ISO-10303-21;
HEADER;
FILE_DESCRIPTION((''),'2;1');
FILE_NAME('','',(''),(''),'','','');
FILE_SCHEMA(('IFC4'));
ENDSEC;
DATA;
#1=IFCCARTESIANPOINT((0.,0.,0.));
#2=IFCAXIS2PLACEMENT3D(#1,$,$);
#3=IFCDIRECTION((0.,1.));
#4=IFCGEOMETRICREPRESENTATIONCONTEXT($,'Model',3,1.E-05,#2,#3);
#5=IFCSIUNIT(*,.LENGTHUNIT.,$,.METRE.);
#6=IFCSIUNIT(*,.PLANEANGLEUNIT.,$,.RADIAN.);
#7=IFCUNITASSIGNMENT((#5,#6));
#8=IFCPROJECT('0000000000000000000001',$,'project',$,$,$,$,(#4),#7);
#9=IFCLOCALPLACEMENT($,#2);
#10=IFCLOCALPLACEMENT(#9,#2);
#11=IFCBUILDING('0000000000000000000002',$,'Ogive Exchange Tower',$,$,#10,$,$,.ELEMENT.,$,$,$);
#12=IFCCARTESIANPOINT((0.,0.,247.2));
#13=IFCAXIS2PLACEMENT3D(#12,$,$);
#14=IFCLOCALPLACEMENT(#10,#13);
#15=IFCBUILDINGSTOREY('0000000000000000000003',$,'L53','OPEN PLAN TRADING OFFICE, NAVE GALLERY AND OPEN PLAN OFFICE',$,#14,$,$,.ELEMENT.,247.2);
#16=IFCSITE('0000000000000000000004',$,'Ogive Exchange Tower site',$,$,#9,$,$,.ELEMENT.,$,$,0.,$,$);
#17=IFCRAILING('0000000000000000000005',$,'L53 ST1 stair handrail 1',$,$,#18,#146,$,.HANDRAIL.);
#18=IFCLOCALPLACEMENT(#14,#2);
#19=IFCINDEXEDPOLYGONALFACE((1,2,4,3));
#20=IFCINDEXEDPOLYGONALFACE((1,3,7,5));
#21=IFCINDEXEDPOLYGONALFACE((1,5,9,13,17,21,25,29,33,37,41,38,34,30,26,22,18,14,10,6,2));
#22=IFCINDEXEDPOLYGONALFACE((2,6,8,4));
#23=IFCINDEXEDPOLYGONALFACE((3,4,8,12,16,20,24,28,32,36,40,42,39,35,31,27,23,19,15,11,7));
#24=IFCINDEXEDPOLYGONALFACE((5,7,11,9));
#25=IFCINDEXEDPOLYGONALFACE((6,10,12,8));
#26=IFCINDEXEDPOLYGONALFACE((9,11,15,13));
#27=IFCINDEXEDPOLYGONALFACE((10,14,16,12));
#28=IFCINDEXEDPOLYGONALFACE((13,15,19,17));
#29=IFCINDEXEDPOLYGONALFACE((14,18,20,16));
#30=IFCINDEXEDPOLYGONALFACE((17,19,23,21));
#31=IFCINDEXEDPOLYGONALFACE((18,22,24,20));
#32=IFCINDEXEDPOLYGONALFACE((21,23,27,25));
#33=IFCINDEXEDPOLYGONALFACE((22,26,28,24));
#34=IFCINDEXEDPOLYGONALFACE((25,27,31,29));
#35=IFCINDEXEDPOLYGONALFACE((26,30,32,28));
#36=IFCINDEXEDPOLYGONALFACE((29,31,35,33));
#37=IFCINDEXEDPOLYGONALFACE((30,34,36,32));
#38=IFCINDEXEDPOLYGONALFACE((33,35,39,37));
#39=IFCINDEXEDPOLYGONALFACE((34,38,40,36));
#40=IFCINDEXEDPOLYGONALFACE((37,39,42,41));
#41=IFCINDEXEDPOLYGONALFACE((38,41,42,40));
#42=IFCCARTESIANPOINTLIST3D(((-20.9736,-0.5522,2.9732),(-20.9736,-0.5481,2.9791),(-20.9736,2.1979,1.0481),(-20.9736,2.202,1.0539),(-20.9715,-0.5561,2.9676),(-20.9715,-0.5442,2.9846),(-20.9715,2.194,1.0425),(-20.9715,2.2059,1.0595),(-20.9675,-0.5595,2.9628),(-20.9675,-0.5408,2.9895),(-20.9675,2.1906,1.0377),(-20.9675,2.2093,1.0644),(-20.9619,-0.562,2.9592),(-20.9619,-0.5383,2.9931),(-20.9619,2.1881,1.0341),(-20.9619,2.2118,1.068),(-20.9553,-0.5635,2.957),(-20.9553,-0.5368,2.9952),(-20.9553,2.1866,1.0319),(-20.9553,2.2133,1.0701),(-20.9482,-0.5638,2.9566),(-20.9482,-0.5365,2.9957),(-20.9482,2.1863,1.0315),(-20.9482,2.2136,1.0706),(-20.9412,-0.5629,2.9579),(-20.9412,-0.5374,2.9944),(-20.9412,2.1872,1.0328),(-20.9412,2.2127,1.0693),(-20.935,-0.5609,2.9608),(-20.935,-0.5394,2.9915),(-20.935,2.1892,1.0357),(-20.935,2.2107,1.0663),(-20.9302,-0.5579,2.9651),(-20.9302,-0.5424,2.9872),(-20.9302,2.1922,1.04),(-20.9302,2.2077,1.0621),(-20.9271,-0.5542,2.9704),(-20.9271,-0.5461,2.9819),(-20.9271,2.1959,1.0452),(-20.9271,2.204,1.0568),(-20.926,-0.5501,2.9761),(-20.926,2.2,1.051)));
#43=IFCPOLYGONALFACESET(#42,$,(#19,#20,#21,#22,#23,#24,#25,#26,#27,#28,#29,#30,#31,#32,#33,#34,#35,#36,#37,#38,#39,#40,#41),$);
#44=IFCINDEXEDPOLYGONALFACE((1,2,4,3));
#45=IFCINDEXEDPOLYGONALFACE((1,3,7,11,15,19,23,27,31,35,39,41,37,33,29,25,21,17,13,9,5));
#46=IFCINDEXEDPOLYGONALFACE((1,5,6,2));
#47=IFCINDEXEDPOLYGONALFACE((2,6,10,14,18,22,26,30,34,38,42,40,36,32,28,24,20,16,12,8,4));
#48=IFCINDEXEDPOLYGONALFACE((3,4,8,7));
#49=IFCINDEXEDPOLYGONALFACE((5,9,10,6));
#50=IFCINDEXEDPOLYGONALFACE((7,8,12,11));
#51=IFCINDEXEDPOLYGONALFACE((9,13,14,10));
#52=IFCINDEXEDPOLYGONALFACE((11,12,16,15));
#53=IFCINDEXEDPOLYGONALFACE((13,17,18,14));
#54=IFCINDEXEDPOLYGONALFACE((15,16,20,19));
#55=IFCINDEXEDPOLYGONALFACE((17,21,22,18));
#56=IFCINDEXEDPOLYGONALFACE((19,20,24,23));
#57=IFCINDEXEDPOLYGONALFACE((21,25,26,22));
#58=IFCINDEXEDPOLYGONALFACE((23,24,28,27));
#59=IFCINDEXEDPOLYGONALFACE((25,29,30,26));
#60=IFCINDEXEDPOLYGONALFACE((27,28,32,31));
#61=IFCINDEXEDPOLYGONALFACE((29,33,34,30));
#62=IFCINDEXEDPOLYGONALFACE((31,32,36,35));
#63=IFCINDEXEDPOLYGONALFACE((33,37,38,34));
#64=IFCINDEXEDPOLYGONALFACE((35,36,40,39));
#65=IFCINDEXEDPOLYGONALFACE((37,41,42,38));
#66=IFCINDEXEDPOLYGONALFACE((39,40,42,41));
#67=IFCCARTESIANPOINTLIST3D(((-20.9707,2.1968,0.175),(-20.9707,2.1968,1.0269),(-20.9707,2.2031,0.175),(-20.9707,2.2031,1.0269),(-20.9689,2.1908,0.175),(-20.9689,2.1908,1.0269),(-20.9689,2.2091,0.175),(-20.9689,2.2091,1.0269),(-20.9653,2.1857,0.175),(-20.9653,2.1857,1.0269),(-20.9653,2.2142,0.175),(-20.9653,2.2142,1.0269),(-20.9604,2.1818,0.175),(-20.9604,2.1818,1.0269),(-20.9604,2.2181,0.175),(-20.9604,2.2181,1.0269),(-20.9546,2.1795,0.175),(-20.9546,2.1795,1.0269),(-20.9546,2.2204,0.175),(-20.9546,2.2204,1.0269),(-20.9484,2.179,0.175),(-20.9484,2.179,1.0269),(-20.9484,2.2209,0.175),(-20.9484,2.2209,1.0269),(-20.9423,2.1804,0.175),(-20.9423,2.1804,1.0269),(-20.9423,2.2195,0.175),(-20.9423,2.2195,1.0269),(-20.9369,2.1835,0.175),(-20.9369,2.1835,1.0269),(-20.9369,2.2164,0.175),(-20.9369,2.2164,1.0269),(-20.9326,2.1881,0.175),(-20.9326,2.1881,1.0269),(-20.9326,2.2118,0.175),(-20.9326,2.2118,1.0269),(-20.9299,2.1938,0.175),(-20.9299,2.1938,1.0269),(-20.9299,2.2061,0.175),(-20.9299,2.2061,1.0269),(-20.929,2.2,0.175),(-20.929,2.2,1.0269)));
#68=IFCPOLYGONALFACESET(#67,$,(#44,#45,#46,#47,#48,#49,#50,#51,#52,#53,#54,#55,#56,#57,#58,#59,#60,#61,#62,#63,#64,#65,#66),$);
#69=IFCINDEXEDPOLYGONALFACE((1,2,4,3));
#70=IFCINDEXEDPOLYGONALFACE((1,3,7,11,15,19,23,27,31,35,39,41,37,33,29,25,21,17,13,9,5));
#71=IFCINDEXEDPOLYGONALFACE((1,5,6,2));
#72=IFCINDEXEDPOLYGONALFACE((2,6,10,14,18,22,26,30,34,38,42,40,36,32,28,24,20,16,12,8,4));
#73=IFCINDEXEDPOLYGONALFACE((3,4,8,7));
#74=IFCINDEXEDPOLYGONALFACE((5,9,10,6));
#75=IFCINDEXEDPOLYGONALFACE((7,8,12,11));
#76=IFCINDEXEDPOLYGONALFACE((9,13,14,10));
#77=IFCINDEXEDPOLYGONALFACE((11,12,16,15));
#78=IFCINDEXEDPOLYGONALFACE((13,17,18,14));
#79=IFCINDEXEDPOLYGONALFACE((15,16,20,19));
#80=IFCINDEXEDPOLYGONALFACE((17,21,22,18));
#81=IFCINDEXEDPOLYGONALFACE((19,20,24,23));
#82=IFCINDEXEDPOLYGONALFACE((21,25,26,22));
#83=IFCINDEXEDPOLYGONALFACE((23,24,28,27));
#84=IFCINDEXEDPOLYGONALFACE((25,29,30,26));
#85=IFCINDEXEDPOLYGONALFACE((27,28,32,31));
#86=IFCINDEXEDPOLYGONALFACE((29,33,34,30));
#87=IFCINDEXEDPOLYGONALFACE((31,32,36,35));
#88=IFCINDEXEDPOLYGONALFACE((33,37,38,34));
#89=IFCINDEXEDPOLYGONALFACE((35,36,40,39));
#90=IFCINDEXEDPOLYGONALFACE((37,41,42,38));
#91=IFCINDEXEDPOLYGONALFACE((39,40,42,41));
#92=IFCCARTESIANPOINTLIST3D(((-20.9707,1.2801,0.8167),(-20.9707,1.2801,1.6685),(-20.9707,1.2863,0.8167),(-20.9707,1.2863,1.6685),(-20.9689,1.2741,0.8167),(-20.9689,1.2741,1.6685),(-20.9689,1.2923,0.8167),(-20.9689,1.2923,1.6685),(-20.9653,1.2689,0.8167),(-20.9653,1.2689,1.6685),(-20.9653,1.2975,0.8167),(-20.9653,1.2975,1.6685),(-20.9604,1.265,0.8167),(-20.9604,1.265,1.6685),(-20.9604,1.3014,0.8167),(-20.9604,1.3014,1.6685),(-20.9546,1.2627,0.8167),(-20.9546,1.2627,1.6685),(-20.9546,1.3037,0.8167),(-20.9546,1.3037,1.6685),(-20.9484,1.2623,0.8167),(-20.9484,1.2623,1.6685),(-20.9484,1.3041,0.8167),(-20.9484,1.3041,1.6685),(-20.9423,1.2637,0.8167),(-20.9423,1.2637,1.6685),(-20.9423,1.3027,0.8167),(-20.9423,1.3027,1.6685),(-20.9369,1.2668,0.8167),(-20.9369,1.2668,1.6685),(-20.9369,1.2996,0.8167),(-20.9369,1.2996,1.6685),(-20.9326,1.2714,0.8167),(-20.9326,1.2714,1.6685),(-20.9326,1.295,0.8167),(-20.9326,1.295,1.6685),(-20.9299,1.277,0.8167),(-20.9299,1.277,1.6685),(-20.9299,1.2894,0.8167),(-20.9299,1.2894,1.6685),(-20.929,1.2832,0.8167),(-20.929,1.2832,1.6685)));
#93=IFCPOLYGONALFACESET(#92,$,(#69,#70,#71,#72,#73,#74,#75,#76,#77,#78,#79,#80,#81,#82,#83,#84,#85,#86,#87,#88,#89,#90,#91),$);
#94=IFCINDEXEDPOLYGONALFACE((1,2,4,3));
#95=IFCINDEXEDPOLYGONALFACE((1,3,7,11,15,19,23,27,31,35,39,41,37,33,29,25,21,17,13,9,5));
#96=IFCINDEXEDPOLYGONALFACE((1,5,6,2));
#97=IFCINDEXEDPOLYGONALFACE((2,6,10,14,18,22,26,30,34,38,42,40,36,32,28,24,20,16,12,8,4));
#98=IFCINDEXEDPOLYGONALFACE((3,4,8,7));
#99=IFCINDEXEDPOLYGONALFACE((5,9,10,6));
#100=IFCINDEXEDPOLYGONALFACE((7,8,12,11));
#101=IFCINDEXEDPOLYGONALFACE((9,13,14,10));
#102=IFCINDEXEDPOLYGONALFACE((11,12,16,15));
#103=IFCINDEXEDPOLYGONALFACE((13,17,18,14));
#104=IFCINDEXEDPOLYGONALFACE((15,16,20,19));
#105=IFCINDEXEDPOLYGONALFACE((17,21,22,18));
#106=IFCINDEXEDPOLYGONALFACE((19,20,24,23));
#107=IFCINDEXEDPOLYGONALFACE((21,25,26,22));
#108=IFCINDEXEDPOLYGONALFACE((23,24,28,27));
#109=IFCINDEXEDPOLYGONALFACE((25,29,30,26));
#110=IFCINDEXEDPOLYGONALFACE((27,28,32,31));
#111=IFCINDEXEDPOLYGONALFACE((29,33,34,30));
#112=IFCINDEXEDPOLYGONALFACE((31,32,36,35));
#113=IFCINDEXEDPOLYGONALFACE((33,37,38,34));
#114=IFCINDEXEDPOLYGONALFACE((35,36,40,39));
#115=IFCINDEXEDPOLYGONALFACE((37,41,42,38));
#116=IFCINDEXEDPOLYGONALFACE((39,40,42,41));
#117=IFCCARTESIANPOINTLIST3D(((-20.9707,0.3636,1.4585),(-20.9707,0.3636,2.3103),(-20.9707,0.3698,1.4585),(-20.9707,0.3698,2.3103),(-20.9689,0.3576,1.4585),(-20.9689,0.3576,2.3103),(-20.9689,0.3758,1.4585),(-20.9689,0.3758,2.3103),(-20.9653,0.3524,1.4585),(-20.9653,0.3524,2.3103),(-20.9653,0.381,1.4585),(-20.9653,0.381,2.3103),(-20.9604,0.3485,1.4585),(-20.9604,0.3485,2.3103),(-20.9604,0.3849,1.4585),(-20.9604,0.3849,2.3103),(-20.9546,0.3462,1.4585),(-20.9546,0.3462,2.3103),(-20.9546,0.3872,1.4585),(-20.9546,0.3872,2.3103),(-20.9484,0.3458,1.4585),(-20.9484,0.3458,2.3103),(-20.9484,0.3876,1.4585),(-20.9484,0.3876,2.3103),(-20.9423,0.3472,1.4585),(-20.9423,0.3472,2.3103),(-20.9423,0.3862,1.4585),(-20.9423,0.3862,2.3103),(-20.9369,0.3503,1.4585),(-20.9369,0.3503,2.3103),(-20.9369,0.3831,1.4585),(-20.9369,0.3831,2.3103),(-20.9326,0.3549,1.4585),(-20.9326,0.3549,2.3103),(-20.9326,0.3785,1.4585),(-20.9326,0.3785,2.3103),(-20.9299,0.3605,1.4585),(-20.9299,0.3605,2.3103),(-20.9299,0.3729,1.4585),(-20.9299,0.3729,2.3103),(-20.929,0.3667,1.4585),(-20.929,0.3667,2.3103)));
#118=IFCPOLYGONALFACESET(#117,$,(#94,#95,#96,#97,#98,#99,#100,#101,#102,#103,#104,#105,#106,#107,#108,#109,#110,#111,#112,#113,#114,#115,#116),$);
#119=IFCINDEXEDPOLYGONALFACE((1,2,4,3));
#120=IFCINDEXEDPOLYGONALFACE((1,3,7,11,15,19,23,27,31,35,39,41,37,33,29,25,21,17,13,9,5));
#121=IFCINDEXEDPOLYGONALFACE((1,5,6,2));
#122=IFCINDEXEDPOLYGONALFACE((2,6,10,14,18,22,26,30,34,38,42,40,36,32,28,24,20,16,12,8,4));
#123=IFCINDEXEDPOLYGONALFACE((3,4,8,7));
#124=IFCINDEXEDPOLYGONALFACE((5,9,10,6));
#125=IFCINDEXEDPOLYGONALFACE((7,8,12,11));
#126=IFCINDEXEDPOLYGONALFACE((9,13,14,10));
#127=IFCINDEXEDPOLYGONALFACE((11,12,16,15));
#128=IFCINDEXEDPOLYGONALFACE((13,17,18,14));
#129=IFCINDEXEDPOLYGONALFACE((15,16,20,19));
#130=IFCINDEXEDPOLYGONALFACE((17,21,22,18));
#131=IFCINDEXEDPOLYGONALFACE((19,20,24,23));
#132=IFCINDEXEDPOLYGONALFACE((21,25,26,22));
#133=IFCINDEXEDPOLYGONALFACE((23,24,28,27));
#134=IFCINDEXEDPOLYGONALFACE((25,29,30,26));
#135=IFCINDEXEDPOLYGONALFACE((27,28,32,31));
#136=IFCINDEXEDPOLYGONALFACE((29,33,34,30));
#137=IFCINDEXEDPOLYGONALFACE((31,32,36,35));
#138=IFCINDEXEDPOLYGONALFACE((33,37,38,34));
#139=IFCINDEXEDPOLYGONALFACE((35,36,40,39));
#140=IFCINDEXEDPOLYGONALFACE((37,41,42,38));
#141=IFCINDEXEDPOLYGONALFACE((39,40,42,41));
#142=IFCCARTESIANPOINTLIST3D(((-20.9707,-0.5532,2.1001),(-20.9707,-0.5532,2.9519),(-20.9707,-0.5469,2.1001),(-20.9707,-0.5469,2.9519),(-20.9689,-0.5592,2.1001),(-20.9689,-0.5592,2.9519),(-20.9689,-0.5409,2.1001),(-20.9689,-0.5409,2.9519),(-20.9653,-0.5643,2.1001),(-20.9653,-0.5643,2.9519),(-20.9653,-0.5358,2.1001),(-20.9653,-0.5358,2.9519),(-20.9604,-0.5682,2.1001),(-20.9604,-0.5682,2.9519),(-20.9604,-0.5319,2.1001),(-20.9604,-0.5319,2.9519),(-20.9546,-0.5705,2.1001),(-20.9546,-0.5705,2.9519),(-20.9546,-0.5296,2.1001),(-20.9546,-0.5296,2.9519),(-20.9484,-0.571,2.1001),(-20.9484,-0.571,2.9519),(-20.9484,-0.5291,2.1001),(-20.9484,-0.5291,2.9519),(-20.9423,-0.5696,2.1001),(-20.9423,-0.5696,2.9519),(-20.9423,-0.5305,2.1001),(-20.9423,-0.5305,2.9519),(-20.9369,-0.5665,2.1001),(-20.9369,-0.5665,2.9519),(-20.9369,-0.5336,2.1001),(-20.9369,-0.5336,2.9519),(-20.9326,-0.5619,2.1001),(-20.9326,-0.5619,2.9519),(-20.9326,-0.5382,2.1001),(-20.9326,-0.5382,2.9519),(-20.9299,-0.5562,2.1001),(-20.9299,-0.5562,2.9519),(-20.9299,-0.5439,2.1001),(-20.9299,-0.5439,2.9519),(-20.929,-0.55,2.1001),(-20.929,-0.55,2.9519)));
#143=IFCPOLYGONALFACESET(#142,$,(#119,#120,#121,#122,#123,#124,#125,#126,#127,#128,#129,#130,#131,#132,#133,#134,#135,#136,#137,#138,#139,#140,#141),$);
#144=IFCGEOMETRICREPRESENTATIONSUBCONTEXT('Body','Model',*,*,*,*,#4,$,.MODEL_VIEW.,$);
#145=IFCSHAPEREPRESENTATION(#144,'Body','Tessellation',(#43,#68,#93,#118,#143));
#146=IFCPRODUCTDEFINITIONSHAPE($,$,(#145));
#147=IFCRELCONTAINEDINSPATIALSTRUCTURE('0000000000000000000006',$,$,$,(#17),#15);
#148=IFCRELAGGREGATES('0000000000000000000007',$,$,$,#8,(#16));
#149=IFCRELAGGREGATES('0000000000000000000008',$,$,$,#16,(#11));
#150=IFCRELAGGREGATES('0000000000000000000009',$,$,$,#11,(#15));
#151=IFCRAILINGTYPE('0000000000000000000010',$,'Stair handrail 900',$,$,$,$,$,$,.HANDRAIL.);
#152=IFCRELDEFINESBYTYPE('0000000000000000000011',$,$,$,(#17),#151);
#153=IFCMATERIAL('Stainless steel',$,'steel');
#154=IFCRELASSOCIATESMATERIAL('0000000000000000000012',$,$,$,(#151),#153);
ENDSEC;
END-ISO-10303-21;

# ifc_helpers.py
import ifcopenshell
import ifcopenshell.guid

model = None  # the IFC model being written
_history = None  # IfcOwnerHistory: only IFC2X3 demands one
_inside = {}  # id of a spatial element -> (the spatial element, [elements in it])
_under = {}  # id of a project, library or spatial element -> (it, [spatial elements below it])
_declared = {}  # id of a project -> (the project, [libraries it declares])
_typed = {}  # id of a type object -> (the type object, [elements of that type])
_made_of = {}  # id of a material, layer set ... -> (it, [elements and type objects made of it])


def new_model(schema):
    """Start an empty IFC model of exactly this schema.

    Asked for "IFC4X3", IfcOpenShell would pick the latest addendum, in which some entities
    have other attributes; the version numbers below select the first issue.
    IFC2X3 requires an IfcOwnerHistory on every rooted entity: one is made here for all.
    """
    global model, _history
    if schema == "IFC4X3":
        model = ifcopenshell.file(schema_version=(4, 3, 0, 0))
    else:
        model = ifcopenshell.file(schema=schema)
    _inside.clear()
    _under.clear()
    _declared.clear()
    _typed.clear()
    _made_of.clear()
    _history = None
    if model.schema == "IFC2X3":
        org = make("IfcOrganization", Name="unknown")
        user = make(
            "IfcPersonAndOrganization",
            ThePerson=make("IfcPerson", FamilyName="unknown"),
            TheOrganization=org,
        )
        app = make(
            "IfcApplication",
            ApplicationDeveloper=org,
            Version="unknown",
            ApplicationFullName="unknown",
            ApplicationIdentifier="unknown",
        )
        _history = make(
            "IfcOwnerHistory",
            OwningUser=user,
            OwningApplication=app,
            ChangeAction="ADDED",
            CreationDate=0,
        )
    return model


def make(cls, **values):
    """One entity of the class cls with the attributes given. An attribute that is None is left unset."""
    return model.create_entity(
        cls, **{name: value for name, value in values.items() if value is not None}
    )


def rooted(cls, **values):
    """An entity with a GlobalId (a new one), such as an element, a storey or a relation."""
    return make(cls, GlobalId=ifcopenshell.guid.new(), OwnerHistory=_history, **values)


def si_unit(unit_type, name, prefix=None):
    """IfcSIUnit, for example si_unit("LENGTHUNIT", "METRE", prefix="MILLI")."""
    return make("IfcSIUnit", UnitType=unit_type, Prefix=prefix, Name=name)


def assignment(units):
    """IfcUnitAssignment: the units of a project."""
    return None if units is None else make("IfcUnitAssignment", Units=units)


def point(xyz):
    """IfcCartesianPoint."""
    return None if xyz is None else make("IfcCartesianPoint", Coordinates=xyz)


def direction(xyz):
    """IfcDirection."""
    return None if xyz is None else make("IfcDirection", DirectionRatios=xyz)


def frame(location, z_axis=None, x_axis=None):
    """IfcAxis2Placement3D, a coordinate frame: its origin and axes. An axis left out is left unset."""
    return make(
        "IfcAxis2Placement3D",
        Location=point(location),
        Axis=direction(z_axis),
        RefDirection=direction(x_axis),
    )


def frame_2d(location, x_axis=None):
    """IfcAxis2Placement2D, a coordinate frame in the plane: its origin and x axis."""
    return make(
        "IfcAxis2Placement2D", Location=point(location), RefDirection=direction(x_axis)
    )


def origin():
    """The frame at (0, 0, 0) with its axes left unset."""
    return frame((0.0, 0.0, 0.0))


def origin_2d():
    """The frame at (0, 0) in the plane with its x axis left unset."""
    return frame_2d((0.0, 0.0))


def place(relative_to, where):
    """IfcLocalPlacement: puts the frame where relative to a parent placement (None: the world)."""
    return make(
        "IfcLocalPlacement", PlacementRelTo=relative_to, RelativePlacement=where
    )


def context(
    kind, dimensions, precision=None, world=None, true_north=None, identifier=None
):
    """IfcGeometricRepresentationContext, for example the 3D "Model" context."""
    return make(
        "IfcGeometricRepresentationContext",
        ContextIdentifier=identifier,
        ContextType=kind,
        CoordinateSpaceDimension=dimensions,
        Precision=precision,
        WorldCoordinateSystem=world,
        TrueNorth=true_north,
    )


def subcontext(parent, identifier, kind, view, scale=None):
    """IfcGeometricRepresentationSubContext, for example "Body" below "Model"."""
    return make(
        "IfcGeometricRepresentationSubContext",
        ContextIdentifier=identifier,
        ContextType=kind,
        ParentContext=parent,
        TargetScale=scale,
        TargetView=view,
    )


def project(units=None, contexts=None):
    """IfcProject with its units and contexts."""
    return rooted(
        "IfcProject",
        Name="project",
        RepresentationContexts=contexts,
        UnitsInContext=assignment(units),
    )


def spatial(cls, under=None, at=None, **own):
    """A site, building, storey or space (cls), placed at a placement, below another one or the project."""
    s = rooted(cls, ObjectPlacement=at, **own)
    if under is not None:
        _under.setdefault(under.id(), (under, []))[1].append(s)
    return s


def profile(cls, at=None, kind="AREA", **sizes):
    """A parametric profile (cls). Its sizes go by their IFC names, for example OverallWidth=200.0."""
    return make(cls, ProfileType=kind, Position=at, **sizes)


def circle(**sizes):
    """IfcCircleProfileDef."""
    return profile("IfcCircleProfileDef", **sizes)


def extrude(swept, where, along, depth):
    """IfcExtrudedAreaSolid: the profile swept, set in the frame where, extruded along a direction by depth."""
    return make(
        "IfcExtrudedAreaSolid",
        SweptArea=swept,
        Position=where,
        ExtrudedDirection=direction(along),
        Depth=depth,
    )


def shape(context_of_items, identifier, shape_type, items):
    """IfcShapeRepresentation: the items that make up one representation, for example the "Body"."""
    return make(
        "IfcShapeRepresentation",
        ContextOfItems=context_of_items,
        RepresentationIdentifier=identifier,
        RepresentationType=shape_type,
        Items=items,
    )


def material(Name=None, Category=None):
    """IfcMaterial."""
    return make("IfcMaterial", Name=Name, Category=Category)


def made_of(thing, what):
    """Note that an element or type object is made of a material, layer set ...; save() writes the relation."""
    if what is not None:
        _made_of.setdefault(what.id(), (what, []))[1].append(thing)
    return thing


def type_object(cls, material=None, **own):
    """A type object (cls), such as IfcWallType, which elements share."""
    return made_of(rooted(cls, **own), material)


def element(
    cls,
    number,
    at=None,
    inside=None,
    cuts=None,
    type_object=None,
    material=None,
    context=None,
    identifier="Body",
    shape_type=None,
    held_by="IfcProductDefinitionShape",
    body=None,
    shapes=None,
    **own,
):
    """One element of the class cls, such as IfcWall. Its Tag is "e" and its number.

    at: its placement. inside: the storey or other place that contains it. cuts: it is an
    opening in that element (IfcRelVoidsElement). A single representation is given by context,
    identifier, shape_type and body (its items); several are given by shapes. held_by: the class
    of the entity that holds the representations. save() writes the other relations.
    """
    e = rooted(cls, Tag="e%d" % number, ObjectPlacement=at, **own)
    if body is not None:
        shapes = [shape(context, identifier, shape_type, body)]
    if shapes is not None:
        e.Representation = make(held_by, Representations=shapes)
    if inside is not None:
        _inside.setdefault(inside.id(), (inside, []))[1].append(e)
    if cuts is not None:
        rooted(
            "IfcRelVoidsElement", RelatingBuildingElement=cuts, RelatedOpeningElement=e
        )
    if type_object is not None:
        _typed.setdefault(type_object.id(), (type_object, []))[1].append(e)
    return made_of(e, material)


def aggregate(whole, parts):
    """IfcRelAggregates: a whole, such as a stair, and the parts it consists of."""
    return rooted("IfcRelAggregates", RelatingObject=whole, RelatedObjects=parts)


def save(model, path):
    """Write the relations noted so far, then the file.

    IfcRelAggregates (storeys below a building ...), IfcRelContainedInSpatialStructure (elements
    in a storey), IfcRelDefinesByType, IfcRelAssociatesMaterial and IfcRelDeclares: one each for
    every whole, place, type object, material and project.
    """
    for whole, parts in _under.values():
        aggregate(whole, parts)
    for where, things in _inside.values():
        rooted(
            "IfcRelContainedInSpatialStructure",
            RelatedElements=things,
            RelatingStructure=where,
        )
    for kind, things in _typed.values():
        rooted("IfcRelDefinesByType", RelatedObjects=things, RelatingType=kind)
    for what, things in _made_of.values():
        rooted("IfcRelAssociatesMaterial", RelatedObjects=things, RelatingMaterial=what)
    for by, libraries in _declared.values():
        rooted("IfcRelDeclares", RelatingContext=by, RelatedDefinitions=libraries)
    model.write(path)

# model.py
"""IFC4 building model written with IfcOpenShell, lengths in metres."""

from ifc_helpers import new_model, si_unit, direction, frame, origin, origin_2d, place, context, subcontext, project, spatial, circle, extrude, material, type_object, element, save


model = new_model("IFC4")

# Units and contexts
model_context = context("Model", 3, precision=1e-05, world=origin(), true_north=direction((0.0, 1.0)))
body_context = subcontext(model_context, "Body", "Model", "MODEL_VIEW")
ifc_project = project(units=[si_unit("LENGTHUNIT", "METRE"), si_unit("PLANEANGLEUNIT", "RADIAN")], contexts=[model_context])

# Site, building, storey
site_placement = place(None, origin())
site = spatial("IfcSite", under=ifc_project, at=site_placement, Name="Ogive Exchange Tower site", CompositionType="ELEMENT", RefElevation=0.0)
building_placement = place(site_placement, origin())
building = spatial("IfcBuilding", under=site, at=building_placement, Name="Ogive Exchange Tower", CompositionType="ELEMENT")
storey_placement = place(building_placement, frame((0.0, 0.0, 247.2)))
storey = spatial("IfcBuildingStorey", under=building, at=storey_placement, Name="L53", Description="OPEN PLAN TRADING OFFICE, NAVE GALLERY AND OPEN PLAN OFFICE", CompositionType="ELEMENT", Elevation=247.2)

# Railing
ifc_material_1 = material(Name="Stainless steel", Category="steel")
railing_type = type_object("IfcRailingType", Name="Stair handrail 900", PredefinedType="HANDRAIL", material=ifc_material_1)
railing_placement = place(storey_placement, frame((-20.95, 2.2, 0.175)))
element("IfcRailing", 1, at=railing_placement, inside=storey, type_object=railing_type, Name="L53 ST1 stair handrail 1", PredefinedType="HANDRAIL", context=body_context, shape_type="SweptSolid", body=[
    extrude(circle(Radius=0.0239, at=origin_2d()), frame((0.0, 0.0, 0.876), z_axis=(0.0, -0.819225, 0.573472), x_axis=(1.0, 0.0, 0.0)), (0.0, 0.0, 1.0), 3.3569),
    extrude(circle(Radius=0.021, at=origin_2d()), origin(), (0.0, 0.0, 1.0), 0.8518),
    extrude(circle(Radius=0.021, at=origin_2d()), frame((0.0, -0.9167, 0.6416)), (0.0, 0.0, 1.0), 0.8518),
    extrude(circle(Radius=0.021, at=origin_2d()), frame((0.0, -1.8333, 1.2834)), (0.0, 0.0, 1.0), 0.8518),
    extrude(circle(Radius=0.021, at=origin_2d()), frame((0.0, -2.75, 1.925)), (0.0, 0.0, 1.0), 0.8518),
])

save(model, "model.ifc")
